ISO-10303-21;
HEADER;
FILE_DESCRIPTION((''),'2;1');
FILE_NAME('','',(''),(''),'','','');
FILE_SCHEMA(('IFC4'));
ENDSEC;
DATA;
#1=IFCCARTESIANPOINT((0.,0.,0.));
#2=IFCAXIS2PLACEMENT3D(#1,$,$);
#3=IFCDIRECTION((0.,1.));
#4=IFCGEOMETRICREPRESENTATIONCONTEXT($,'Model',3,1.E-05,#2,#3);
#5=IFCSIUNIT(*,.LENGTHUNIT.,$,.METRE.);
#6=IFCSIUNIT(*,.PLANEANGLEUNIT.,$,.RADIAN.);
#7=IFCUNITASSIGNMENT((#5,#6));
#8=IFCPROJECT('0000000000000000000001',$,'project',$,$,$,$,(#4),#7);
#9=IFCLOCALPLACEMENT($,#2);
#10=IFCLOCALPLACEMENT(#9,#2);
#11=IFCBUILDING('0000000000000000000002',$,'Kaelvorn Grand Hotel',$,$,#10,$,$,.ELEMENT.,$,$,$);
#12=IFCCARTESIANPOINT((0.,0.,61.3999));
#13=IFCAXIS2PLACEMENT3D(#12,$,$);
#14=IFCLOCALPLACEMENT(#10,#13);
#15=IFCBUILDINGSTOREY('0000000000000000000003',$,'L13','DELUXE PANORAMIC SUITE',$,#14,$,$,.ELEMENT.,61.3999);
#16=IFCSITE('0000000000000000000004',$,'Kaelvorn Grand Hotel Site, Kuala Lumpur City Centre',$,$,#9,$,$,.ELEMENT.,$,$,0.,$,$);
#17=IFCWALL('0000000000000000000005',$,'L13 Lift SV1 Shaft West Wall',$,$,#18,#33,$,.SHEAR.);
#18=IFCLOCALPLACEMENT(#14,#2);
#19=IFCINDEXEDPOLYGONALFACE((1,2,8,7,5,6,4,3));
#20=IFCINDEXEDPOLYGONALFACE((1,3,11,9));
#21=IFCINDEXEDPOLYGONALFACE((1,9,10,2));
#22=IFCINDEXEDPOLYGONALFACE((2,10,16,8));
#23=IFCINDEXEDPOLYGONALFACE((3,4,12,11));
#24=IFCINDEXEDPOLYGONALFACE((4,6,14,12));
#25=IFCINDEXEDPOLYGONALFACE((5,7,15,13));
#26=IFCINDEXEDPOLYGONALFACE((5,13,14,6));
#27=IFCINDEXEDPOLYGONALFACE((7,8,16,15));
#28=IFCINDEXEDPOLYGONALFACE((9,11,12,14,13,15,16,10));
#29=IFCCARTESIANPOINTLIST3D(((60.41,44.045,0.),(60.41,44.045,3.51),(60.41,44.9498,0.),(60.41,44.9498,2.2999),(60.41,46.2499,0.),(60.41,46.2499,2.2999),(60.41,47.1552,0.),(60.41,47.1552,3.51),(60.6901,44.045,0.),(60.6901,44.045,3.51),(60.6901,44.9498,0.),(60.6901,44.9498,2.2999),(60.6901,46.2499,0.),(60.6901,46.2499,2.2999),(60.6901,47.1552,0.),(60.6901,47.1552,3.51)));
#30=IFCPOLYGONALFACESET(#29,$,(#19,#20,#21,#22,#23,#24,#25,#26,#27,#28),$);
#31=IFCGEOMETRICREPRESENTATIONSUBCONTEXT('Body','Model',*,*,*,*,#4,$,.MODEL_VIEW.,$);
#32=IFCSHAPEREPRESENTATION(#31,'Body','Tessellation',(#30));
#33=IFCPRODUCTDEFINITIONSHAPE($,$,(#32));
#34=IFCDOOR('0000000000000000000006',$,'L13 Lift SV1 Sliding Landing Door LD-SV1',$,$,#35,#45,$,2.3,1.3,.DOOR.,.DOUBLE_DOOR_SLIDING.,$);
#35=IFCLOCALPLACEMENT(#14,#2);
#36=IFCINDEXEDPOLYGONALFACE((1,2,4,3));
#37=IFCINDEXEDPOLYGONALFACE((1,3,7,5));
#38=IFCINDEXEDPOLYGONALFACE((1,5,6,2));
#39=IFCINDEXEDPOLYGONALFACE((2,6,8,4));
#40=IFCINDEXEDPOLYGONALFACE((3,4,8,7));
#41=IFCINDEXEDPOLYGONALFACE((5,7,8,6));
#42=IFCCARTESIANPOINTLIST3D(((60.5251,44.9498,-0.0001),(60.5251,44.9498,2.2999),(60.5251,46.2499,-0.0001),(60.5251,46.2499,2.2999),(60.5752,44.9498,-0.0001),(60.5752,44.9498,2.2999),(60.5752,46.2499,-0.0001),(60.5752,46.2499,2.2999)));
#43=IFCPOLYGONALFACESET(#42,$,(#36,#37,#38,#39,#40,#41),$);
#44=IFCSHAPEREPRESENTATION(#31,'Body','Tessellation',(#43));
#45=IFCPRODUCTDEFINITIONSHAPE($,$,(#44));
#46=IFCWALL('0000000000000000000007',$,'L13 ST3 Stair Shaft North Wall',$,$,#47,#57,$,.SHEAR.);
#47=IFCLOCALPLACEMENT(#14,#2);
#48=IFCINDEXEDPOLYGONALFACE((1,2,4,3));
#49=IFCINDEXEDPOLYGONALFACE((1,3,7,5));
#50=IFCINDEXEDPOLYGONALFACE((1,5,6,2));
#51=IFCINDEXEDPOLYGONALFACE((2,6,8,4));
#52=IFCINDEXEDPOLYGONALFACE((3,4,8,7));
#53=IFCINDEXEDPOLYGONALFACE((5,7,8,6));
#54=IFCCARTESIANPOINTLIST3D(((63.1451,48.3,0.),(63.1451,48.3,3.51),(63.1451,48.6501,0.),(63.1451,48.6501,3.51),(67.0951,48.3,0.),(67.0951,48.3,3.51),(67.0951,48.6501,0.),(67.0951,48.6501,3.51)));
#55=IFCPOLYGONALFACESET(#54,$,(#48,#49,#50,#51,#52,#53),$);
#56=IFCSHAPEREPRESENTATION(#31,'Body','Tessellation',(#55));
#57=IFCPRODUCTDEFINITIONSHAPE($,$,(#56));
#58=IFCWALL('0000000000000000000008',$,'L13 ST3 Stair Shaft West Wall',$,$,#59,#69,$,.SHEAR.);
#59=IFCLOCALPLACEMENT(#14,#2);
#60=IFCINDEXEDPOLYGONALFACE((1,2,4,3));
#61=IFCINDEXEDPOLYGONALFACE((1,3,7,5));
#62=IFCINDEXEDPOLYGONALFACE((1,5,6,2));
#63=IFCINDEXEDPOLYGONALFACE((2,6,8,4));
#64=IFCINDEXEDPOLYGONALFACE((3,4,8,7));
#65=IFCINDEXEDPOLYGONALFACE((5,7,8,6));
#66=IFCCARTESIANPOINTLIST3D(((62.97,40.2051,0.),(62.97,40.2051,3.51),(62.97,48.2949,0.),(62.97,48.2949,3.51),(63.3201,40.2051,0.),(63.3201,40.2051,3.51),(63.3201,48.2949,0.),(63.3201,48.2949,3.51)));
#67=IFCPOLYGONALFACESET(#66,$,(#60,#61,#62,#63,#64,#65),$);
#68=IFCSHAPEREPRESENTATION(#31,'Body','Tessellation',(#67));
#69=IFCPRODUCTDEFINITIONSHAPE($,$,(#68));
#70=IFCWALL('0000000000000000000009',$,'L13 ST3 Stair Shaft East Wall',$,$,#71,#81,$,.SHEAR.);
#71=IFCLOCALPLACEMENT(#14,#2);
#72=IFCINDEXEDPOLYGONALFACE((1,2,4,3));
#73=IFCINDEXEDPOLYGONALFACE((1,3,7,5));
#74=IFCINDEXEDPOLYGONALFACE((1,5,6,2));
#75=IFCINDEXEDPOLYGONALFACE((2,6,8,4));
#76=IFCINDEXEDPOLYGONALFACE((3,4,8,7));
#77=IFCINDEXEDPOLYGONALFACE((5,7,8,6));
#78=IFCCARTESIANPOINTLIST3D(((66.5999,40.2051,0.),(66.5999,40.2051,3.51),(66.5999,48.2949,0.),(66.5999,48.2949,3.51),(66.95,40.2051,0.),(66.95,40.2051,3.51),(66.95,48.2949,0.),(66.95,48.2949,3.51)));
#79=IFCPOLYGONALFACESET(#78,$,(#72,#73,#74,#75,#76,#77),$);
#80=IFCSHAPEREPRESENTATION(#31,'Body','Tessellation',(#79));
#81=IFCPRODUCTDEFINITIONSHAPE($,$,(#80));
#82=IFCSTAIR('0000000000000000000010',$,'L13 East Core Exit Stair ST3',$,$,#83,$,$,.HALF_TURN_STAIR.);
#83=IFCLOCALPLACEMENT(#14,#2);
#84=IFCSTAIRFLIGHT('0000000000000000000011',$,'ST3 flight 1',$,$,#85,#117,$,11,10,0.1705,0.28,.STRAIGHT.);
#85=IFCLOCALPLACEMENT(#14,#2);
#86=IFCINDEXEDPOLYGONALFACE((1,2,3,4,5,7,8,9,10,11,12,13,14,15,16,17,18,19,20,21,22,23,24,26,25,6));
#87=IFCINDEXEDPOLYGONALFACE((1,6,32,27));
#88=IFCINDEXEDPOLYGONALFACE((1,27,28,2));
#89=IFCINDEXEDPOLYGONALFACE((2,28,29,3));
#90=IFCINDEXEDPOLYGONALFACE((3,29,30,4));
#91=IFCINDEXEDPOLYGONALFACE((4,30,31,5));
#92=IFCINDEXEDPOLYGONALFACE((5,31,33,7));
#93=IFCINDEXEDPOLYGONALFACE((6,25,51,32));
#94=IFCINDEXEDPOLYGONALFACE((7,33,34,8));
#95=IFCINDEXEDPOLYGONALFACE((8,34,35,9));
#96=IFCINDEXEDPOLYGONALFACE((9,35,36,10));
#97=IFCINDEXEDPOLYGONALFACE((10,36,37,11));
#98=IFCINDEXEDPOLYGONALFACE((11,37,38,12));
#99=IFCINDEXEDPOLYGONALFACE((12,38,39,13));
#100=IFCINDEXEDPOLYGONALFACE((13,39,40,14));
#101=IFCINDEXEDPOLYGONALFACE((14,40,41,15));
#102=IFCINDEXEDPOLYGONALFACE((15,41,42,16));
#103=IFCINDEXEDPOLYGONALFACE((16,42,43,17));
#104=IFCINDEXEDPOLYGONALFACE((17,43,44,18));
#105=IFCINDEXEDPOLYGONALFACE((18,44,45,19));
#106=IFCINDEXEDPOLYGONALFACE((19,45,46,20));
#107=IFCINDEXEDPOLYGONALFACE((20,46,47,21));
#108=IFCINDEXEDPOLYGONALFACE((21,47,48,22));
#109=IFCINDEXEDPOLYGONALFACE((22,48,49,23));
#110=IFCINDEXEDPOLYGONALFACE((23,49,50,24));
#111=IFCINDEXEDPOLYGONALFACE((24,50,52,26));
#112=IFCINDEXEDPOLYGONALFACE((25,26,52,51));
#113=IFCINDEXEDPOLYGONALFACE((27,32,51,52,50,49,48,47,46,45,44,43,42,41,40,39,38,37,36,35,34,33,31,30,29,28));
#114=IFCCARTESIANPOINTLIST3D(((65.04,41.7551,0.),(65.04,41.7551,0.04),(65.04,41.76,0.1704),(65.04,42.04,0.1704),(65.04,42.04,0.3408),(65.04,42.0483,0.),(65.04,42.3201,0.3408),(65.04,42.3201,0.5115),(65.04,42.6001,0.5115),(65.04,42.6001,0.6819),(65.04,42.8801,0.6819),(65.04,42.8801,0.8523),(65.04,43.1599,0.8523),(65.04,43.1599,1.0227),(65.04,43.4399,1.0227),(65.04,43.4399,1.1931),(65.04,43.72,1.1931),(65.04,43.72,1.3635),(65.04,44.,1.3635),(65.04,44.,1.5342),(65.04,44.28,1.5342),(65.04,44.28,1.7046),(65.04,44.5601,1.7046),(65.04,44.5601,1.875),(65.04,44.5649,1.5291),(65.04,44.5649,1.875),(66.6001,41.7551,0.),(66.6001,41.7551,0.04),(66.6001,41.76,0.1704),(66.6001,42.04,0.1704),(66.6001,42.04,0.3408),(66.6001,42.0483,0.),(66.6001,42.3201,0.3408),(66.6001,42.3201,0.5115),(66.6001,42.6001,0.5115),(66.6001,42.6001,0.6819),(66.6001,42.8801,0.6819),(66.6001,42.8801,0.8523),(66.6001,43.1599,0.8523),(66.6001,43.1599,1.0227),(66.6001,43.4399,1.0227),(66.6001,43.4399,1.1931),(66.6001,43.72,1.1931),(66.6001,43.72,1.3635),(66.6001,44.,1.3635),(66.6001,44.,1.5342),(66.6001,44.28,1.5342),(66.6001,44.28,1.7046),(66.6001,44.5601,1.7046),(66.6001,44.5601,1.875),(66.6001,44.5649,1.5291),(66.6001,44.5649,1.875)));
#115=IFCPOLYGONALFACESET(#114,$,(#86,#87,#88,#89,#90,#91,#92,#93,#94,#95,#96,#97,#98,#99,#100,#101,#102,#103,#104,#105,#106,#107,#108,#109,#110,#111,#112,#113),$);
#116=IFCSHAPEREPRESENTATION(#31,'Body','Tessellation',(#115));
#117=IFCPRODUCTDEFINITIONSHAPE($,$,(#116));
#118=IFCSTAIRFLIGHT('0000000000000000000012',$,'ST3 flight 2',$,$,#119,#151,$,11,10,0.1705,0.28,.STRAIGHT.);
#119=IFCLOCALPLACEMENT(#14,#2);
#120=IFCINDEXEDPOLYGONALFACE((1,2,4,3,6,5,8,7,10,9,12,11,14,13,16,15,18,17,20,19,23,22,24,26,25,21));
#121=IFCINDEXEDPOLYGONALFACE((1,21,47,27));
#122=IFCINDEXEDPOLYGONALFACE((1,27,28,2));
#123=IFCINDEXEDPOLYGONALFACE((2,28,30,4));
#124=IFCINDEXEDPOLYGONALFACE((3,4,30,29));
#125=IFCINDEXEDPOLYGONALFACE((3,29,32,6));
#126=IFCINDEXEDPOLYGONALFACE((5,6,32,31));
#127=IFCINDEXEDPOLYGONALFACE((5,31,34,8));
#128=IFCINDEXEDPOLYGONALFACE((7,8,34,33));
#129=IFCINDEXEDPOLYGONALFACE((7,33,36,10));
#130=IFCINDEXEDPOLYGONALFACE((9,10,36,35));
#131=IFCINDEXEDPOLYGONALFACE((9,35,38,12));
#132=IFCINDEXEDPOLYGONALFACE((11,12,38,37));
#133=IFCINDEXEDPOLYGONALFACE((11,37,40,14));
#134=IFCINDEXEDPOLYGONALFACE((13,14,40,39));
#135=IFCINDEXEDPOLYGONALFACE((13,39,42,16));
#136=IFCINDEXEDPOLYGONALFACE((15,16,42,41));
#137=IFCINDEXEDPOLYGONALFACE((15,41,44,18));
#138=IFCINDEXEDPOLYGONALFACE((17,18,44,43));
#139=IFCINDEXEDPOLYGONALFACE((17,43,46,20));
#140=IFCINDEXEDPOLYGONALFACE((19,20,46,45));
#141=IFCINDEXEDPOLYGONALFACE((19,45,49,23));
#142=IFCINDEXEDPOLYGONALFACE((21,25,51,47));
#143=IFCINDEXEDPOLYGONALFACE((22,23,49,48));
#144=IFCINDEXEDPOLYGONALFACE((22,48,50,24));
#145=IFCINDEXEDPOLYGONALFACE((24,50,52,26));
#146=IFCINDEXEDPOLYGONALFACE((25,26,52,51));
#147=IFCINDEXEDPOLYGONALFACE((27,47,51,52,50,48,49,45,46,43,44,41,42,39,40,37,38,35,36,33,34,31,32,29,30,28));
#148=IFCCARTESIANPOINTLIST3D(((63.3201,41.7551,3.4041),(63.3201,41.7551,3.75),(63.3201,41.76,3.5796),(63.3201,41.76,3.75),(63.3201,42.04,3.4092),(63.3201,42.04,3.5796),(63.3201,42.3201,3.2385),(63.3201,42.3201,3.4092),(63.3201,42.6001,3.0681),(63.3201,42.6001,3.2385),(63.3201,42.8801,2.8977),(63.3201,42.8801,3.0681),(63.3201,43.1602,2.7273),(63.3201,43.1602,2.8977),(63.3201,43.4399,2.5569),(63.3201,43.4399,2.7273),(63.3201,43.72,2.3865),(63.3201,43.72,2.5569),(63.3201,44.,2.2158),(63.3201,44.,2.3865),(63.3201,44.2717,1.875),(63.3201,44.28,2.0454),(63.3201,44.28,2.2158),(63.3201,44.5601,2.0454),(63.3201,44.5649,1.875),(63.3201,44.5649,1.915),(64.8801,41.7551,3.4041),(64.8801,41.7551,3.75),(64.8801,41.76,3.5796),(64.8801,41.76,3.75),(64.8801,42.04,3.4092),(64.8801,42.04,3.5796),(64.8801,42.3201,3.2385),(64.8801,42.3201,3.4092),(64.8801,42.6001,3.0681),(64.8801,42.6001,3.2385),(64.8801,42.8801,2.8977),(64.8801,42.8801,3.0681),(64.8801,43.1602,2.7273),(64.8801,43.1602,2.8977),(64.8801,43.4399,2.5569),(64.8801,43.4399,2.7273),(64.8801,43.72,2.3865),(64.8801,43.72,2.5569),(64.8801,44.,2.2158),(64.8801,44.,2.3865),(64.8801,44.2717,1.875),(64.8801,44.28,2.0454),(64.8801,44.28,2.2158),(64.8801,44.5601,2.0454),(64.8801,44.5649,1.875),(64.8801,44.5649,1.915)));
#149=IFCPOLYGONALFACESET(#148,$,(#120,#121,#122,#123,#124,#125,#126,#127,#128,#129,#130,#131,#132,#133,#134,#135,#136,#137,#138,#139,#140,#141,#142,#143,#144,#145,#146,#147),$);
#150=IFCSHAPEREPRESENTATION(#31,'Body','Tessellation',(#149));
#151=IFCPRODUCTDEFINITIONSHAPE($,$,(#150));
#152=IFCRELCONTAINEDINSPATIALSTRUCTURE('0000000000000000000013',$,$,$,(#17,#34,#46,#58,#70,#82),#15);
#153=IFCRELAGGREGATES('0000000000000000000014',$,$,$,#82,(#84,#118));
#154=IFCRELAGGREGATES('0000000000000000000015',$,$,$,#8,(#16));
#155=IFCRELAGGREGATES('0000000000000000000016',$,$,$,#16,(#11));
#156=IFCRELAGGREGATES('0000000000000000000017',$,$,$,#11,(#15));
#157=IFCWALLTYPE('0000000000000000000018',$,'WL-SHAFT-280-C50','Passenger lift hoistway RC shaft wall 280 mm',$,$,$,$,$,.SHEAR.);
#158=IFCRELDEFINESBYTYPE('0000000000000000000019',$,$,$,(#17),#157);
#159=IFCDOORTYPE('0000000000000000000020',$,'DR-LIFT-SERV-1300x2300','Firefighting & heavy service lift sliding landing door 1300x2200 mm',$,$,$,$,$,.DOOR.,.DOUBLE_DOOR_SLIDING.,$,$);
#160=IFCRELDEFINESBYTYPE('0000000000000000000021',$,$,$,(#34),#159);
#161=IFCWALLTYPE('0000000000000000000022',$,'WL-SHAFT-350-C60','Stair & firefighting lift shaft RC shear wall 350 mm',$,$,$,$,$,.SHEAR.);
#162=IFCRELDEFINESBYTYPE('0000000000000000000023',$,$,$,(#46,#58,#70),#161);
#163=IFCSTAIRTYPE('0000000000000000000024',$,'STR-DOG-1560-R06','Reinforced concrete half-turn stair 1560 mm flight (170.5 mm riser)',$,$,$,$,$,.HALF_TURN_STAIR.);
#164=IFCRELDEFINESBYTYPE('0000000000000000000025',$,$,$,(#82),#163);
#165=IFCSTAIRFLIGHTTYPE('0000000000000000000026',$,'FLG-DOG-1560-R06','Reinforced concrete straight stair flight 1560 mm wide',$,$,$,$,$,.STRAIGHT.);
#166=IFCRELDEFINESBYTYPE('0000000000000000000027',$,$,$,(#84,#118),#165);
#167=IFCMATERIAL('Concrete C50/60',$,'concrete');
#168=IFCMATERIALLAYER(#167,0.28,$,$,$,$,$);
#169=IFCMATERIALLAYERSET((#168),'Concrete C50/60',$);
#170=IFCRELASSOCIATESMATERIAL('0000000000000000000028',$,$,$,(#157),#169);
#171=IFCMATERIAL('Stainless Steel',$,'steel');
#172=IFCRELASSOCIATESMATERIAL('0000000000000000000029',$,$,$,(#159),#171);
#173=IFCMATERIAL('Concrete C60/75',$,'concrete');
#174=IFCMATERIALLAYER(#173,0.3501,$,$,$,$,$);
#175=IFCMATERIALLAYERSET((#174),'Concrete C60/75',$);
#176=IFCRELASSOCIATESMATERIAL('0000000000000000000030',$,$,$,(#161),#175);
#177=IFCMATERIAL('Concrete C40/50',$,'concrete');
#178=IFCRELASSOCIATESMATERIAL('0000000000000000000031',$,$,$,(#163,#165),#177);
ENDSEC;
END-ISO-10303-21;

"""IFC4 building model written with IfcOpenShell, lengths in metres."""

from ifc_helpers import new_model, si_unit, direction, frame, frame_2d, origin, place, context, subcontext, project, spatial, polyline, rectangle, outline, extrude, material, layer, layer_set, type_object, element, fill, aggregate, save


model = new_model("IFC4")

# Units and contexts
model_context = context("Model", 3, precision=1e-05, world=origin(), true_north=direction((0.0, 1.0)))
body_context = subcontext(model_context, "Body", "Model", "MODEL_VIEW")
ifc_project = project(units=[si_unit("LENGTHUNIT", "METRE"), si_unit("PLANEANGLEUNIT", "RADIAN")], contexts=[model_context])

# Site, building, storey
site_placement = place(None, origin())
site = spatial("IfcSite", under=ifc_project, at=site_placement, Name="Kaelvorn Grand Hotel Site, Kuala Lumpur City Centre", CompositionType="ELEMENT", RefElevation=0.0)
building_placement = place(site_placement, origin())
building = spatial("IfcBuilding", under=site, at=building_placement, Name="Kaelvorn Grand Hotel", CompositionType="ELEMENT")
storey_placement = place(building_placement, frame((0.0, 0.0, 61.3999)))
storey = spatial("IfcBuildingStorey", under=building, at=storey_placement, Name="L13", Description="DELUXE PANORAMIC SUITE", CompositionType="ELEMENT", Elevation=61.3999)

# Shared definitions
ifc_material_1 = material(Name="Concrete C60/75", Category="concrete")

# Shared definitions
ifc_material_2 = material(Name="Concrete C40/50", Category="concrete")
ifc_material_3 = material(Name="Concrete C50/60", Category="concrete")
ifc_layer_1 = layer(ifc_material_3, 0.28)
ifc_layer_set_1 = layer_set([ifc_layer_1], Name="Concrete C50/60")
wall_type_1 = type_object("IfcWallType", Name="WL-SHAFT-280-C50", Description="Passenger lift hoistway RC shaft wall 280 mm", PredefinedType="SHEAR", material=ifc_layer_set_1)

# Wall, opening, door
wall_1_placement = place(storey_placement, frame((60.55, 44.0449, 0.0), z_axis=(0.0, 0.0, 1.0), x_axis=(0.0, 1.0, 0.0)))
wall_1 = element("IfcWall", 1, at=wall_1_placement, inside=storey, type_object=wall_type_1, Name="L13 Lift SV1 Shaft West Wall", PredefinedType="SHEAR", context=body_context, shape_type="SweptSolid", body=[
    extrude(rectangle(XDim=3.1101, YDim=0.28, at=frame_2d((1.5552, 0.0))), origin(), (0.0, 0.0, 1.0), 3.51),
])
opening_1_placement = place(wall_1_placement, frame((0.905, 0.0, 0.0)))
opening_1 = element("IfcOpeningElement", 2, at=opening_1_placement, cuts=wall_1, PredefinedType="OPENING", context=body_context, shape_type="SweptSolid", body=[
    extrude(rectangle(XDim=1.3, YDim=2.3, at=frame_2d((0.6499, 1.1499))), frame((0.0, 0.1499, 0.0), z_axis=(0.0, -1.0, 0.0), x_axis=(1.0, 0.0, 0.0)), (0.0, 0.0, 1.0), 0.3),
])
ifc_material_4 = material(Name="Stainless Steel", Category="steel")
door_type_1 = type_object("IfcDoorType", Name="DR-LIFT-SERV-1300x2300", Description="Firefighting & heavy service lift sliding landing door 1300x2200 mm", OperationType="DOUBLE_DOOR_SLIDING", PredefinedType="DOOR", material=ifc_material_4)
door_1_placement = place(opening_1_placement, origin())
door_1 = element("IfcDoor", 3, at=door_1_placement, inside=storey, type_object=door_type_1, Name="L13 Lift SV1 Sliding Landing Door LD-SV1", OperationType="DOUBLE_DOOR_SLIDING", OverallHeight=2.3, OverallWidth=1.3, PredefinedType="DOOR", context=body_context, shape_type="SweptSolid", body=[
    extrude(rectangle(XDim=1.3, YDim=2.3, at=frame_2d((0.6499, 1.1499))), frame((0.0, 0.0249, 0.0), z_axis=(0.0, -1.0, 0.0), x_axis=(1.0, 0.0, 0.0)), (0.0, 0.0, 1.0), 0.05),
])
fill(opening_1, door_1)
ifc_layer_2 = layer(ifc_material_1, 0.3501)
ifc_layer_set_2 = layer_set([ifc_layer_2], Name="Concrete C60/75")
wall_type_2 = type_object("IfcWallType", Name="WL-SHAFT-350-C60", Description="Stair & firefighting lift shaft RC shear wall 350 mm", PredefinedType="SHEAR", material=ifc_layer_set_2)

# Walls
wall_2_placement = place(storey_placement, frame((63.145, 48.4751, 0.0), z_axis=(0.0, 0.0, 1.0), x_axis=(1.0, 0.0, 0.0)))
element("IfcWall", 4, at=wall_2_placement, inside=storey, type_object=wall_type_2, Name="L13 ST3 Stair Shaft North Wall", PredefinedType="SHEAR", context=body_context, shape_type="SweptSolid", body=[
    extrude(rectangle(XDim=3.95, YDim=0.3501, at=frame_2d((1.9751, 0.0))), origin(), (0.0, 0.0, 1.0), 3.51),
])
for number, where, z_axis, x_axis, name in (
    (5, (63.145, 40.2051, 0.0), (0.0, 0.0, 1.0), (0.0, 1.0, 0.0), "L13 ST3 Stair Shaft West Wall"),
    (6, (66.7749, 40.2051, 0.0), (0.0, 0.0, 1.0), (0.0, 1.0, 0.0), "L13 ST3 Stair Shaft East Wall"),
):
    element("IfcWall", number, at=place(storey_placement, frame(where, z_axis=z_axis, x_axis=x_axis)), inside=storey, type_object=wall_type_2, Name=name, PredefinedType="SHEAR", context=body_context, shape_type="SweptSolid", body=[
        extrude(rectangle(XDim=8.0898, YDim=0.3501, at=frame_2d((4.0449, 0.0))), origin(), (0.0, 0.0, 1.0), 3.51),
    ])

# Stair, stair flights
stair_type = type_object("IfcStairType", Name="STR-DOG-1560-R06", Description="Reinforced concrete half-turn stair 1560 mm flight (170.5 mm riser)", PredefinedType="HALF_TURN_STAIR", material=ifc_material_2)
stair_placement = place(storey_placement, origin())
stair = element("IfcStair", 7, at=stair_placement, inside=storey, type_object=stair_type, Name="L13 East Core Exit Stair ST3", PredefinedType="HALF_TURN_STAIR")
stair_flight_type = type_object("IfcStairFlightType", Name="FLG-DOG-1560-R06", Description="Reinforced concrete straight stair flight 1560 mm wide", PredefinedType="STRAIGHT", material=ifc_material_2)
stair_flight_1_placement = place(storey_placement, frame((65.8201, 41.76, 0.0), z_axis=(0.0, 0.0, 1.0), x_axis=(0.0, 1.0, 0.0)))
stair_flight_1 = element("IfcStairFlight", 8, at=stair_flight_1_placement, type_object=stair_flight_type, Name="ST3 flight 1", NumberOfRisers=11, NumberOfTreads=10, PredefinedType="STRAIGHT", RiserHeight=0.1705, TreadLength=0.28, context=body_context, shape_type="SweptSolid", body=[
    extrude(outline(polyline([(-0.0049, 0.0), (-0.0049, 0.04), (0.0, 0.1704), (0.28, 0.1704), (0.28, 0.3408), (0.5601, 0.3408), (0.5601, 0.5115), (0.8401, 0.5115), (0.8401, 0.6819), (1.1201, 0.6819), (1.1201, 0.8523), (1.3999, 0.8523), (1.3999, 1.0227), (1.6799, 1.0227), (1.6799, 1.1931), (1.96, 1.1931), (1.96, 1.3635), (2.24, 1.3635), (2.24, 1.5342), (2.52, 1.5342), (2.52, 1.7046), (2.8, 1.7046), (2.8, 1.875), (2.8049, 1.875), (2.8049, 1.5291), (0.2883, 0.0), (-0.0049, 0.0)])), frame((0.0, 0.78, 0.0), z_axis=(0.0, -1.0, 0.0), x_axis=(1.0, 0.0, 0.0)), (0.0, 0.0, 1.0), 1.5601),
])
stair_flight_2_placement = place(storey_placement, frame((64.1001, 44.5601, 1.875), z_axis=(0.0, 0.0, 1.0), x_axis=(0.0, -1.0, 0.0)))
stair_flight_2 = element("IfcStairFlight", 9, at=stair_flight_2_placement, type_object=stair_flight_type, Name="ST3 flight 2", NumberOfRisers=11, NumberOfTreads=10, PredefinedType="STRAIGHT", RiserHeight=0.1705, TreadLength=0.28, context=body_context, shape_type="SweptSolid", body=[
    extrude(outline(polyline([(-0.0049, 0.0), (-0.0049, 0.04), (0.0, 0.1704), (0.28, 0.1704), (0.28, 0.3408), (0.5601, 0.3408), (0.5601, 0.5115), (0.8401, 0.5115), (0.8401, 0.6819), (1.1201, 0.6819), (1.1201, 0.8523), (1.3999, 0.8523), (1.3999, 1.0227), (1.6799, 1.0227), (1.6799, 1.1931), (1.96, 1.1931), (1.96, 1.3635), (2.24, 1.3635), (2.24, 1.5342), (2.52, 1.5342), (2.52, 1.7046), (2.8, 1.7046), (2.8, 1.875), (2.8049, 1.875), (2.8049, 1.5291), (0.2883, 0.0), (-0.0049, 0.0)])), frame((0.0, 0.78, 0.0), z_axis=(0.0, -1.0, 0.0), x_axis=(1.0, 0.0, 0.0)), (0.0, 0.0, 1.0), 1.5601),
])
aggregate(stair, [stair_flight_1, stair_flight_2])

save(model, "model.ifc")
